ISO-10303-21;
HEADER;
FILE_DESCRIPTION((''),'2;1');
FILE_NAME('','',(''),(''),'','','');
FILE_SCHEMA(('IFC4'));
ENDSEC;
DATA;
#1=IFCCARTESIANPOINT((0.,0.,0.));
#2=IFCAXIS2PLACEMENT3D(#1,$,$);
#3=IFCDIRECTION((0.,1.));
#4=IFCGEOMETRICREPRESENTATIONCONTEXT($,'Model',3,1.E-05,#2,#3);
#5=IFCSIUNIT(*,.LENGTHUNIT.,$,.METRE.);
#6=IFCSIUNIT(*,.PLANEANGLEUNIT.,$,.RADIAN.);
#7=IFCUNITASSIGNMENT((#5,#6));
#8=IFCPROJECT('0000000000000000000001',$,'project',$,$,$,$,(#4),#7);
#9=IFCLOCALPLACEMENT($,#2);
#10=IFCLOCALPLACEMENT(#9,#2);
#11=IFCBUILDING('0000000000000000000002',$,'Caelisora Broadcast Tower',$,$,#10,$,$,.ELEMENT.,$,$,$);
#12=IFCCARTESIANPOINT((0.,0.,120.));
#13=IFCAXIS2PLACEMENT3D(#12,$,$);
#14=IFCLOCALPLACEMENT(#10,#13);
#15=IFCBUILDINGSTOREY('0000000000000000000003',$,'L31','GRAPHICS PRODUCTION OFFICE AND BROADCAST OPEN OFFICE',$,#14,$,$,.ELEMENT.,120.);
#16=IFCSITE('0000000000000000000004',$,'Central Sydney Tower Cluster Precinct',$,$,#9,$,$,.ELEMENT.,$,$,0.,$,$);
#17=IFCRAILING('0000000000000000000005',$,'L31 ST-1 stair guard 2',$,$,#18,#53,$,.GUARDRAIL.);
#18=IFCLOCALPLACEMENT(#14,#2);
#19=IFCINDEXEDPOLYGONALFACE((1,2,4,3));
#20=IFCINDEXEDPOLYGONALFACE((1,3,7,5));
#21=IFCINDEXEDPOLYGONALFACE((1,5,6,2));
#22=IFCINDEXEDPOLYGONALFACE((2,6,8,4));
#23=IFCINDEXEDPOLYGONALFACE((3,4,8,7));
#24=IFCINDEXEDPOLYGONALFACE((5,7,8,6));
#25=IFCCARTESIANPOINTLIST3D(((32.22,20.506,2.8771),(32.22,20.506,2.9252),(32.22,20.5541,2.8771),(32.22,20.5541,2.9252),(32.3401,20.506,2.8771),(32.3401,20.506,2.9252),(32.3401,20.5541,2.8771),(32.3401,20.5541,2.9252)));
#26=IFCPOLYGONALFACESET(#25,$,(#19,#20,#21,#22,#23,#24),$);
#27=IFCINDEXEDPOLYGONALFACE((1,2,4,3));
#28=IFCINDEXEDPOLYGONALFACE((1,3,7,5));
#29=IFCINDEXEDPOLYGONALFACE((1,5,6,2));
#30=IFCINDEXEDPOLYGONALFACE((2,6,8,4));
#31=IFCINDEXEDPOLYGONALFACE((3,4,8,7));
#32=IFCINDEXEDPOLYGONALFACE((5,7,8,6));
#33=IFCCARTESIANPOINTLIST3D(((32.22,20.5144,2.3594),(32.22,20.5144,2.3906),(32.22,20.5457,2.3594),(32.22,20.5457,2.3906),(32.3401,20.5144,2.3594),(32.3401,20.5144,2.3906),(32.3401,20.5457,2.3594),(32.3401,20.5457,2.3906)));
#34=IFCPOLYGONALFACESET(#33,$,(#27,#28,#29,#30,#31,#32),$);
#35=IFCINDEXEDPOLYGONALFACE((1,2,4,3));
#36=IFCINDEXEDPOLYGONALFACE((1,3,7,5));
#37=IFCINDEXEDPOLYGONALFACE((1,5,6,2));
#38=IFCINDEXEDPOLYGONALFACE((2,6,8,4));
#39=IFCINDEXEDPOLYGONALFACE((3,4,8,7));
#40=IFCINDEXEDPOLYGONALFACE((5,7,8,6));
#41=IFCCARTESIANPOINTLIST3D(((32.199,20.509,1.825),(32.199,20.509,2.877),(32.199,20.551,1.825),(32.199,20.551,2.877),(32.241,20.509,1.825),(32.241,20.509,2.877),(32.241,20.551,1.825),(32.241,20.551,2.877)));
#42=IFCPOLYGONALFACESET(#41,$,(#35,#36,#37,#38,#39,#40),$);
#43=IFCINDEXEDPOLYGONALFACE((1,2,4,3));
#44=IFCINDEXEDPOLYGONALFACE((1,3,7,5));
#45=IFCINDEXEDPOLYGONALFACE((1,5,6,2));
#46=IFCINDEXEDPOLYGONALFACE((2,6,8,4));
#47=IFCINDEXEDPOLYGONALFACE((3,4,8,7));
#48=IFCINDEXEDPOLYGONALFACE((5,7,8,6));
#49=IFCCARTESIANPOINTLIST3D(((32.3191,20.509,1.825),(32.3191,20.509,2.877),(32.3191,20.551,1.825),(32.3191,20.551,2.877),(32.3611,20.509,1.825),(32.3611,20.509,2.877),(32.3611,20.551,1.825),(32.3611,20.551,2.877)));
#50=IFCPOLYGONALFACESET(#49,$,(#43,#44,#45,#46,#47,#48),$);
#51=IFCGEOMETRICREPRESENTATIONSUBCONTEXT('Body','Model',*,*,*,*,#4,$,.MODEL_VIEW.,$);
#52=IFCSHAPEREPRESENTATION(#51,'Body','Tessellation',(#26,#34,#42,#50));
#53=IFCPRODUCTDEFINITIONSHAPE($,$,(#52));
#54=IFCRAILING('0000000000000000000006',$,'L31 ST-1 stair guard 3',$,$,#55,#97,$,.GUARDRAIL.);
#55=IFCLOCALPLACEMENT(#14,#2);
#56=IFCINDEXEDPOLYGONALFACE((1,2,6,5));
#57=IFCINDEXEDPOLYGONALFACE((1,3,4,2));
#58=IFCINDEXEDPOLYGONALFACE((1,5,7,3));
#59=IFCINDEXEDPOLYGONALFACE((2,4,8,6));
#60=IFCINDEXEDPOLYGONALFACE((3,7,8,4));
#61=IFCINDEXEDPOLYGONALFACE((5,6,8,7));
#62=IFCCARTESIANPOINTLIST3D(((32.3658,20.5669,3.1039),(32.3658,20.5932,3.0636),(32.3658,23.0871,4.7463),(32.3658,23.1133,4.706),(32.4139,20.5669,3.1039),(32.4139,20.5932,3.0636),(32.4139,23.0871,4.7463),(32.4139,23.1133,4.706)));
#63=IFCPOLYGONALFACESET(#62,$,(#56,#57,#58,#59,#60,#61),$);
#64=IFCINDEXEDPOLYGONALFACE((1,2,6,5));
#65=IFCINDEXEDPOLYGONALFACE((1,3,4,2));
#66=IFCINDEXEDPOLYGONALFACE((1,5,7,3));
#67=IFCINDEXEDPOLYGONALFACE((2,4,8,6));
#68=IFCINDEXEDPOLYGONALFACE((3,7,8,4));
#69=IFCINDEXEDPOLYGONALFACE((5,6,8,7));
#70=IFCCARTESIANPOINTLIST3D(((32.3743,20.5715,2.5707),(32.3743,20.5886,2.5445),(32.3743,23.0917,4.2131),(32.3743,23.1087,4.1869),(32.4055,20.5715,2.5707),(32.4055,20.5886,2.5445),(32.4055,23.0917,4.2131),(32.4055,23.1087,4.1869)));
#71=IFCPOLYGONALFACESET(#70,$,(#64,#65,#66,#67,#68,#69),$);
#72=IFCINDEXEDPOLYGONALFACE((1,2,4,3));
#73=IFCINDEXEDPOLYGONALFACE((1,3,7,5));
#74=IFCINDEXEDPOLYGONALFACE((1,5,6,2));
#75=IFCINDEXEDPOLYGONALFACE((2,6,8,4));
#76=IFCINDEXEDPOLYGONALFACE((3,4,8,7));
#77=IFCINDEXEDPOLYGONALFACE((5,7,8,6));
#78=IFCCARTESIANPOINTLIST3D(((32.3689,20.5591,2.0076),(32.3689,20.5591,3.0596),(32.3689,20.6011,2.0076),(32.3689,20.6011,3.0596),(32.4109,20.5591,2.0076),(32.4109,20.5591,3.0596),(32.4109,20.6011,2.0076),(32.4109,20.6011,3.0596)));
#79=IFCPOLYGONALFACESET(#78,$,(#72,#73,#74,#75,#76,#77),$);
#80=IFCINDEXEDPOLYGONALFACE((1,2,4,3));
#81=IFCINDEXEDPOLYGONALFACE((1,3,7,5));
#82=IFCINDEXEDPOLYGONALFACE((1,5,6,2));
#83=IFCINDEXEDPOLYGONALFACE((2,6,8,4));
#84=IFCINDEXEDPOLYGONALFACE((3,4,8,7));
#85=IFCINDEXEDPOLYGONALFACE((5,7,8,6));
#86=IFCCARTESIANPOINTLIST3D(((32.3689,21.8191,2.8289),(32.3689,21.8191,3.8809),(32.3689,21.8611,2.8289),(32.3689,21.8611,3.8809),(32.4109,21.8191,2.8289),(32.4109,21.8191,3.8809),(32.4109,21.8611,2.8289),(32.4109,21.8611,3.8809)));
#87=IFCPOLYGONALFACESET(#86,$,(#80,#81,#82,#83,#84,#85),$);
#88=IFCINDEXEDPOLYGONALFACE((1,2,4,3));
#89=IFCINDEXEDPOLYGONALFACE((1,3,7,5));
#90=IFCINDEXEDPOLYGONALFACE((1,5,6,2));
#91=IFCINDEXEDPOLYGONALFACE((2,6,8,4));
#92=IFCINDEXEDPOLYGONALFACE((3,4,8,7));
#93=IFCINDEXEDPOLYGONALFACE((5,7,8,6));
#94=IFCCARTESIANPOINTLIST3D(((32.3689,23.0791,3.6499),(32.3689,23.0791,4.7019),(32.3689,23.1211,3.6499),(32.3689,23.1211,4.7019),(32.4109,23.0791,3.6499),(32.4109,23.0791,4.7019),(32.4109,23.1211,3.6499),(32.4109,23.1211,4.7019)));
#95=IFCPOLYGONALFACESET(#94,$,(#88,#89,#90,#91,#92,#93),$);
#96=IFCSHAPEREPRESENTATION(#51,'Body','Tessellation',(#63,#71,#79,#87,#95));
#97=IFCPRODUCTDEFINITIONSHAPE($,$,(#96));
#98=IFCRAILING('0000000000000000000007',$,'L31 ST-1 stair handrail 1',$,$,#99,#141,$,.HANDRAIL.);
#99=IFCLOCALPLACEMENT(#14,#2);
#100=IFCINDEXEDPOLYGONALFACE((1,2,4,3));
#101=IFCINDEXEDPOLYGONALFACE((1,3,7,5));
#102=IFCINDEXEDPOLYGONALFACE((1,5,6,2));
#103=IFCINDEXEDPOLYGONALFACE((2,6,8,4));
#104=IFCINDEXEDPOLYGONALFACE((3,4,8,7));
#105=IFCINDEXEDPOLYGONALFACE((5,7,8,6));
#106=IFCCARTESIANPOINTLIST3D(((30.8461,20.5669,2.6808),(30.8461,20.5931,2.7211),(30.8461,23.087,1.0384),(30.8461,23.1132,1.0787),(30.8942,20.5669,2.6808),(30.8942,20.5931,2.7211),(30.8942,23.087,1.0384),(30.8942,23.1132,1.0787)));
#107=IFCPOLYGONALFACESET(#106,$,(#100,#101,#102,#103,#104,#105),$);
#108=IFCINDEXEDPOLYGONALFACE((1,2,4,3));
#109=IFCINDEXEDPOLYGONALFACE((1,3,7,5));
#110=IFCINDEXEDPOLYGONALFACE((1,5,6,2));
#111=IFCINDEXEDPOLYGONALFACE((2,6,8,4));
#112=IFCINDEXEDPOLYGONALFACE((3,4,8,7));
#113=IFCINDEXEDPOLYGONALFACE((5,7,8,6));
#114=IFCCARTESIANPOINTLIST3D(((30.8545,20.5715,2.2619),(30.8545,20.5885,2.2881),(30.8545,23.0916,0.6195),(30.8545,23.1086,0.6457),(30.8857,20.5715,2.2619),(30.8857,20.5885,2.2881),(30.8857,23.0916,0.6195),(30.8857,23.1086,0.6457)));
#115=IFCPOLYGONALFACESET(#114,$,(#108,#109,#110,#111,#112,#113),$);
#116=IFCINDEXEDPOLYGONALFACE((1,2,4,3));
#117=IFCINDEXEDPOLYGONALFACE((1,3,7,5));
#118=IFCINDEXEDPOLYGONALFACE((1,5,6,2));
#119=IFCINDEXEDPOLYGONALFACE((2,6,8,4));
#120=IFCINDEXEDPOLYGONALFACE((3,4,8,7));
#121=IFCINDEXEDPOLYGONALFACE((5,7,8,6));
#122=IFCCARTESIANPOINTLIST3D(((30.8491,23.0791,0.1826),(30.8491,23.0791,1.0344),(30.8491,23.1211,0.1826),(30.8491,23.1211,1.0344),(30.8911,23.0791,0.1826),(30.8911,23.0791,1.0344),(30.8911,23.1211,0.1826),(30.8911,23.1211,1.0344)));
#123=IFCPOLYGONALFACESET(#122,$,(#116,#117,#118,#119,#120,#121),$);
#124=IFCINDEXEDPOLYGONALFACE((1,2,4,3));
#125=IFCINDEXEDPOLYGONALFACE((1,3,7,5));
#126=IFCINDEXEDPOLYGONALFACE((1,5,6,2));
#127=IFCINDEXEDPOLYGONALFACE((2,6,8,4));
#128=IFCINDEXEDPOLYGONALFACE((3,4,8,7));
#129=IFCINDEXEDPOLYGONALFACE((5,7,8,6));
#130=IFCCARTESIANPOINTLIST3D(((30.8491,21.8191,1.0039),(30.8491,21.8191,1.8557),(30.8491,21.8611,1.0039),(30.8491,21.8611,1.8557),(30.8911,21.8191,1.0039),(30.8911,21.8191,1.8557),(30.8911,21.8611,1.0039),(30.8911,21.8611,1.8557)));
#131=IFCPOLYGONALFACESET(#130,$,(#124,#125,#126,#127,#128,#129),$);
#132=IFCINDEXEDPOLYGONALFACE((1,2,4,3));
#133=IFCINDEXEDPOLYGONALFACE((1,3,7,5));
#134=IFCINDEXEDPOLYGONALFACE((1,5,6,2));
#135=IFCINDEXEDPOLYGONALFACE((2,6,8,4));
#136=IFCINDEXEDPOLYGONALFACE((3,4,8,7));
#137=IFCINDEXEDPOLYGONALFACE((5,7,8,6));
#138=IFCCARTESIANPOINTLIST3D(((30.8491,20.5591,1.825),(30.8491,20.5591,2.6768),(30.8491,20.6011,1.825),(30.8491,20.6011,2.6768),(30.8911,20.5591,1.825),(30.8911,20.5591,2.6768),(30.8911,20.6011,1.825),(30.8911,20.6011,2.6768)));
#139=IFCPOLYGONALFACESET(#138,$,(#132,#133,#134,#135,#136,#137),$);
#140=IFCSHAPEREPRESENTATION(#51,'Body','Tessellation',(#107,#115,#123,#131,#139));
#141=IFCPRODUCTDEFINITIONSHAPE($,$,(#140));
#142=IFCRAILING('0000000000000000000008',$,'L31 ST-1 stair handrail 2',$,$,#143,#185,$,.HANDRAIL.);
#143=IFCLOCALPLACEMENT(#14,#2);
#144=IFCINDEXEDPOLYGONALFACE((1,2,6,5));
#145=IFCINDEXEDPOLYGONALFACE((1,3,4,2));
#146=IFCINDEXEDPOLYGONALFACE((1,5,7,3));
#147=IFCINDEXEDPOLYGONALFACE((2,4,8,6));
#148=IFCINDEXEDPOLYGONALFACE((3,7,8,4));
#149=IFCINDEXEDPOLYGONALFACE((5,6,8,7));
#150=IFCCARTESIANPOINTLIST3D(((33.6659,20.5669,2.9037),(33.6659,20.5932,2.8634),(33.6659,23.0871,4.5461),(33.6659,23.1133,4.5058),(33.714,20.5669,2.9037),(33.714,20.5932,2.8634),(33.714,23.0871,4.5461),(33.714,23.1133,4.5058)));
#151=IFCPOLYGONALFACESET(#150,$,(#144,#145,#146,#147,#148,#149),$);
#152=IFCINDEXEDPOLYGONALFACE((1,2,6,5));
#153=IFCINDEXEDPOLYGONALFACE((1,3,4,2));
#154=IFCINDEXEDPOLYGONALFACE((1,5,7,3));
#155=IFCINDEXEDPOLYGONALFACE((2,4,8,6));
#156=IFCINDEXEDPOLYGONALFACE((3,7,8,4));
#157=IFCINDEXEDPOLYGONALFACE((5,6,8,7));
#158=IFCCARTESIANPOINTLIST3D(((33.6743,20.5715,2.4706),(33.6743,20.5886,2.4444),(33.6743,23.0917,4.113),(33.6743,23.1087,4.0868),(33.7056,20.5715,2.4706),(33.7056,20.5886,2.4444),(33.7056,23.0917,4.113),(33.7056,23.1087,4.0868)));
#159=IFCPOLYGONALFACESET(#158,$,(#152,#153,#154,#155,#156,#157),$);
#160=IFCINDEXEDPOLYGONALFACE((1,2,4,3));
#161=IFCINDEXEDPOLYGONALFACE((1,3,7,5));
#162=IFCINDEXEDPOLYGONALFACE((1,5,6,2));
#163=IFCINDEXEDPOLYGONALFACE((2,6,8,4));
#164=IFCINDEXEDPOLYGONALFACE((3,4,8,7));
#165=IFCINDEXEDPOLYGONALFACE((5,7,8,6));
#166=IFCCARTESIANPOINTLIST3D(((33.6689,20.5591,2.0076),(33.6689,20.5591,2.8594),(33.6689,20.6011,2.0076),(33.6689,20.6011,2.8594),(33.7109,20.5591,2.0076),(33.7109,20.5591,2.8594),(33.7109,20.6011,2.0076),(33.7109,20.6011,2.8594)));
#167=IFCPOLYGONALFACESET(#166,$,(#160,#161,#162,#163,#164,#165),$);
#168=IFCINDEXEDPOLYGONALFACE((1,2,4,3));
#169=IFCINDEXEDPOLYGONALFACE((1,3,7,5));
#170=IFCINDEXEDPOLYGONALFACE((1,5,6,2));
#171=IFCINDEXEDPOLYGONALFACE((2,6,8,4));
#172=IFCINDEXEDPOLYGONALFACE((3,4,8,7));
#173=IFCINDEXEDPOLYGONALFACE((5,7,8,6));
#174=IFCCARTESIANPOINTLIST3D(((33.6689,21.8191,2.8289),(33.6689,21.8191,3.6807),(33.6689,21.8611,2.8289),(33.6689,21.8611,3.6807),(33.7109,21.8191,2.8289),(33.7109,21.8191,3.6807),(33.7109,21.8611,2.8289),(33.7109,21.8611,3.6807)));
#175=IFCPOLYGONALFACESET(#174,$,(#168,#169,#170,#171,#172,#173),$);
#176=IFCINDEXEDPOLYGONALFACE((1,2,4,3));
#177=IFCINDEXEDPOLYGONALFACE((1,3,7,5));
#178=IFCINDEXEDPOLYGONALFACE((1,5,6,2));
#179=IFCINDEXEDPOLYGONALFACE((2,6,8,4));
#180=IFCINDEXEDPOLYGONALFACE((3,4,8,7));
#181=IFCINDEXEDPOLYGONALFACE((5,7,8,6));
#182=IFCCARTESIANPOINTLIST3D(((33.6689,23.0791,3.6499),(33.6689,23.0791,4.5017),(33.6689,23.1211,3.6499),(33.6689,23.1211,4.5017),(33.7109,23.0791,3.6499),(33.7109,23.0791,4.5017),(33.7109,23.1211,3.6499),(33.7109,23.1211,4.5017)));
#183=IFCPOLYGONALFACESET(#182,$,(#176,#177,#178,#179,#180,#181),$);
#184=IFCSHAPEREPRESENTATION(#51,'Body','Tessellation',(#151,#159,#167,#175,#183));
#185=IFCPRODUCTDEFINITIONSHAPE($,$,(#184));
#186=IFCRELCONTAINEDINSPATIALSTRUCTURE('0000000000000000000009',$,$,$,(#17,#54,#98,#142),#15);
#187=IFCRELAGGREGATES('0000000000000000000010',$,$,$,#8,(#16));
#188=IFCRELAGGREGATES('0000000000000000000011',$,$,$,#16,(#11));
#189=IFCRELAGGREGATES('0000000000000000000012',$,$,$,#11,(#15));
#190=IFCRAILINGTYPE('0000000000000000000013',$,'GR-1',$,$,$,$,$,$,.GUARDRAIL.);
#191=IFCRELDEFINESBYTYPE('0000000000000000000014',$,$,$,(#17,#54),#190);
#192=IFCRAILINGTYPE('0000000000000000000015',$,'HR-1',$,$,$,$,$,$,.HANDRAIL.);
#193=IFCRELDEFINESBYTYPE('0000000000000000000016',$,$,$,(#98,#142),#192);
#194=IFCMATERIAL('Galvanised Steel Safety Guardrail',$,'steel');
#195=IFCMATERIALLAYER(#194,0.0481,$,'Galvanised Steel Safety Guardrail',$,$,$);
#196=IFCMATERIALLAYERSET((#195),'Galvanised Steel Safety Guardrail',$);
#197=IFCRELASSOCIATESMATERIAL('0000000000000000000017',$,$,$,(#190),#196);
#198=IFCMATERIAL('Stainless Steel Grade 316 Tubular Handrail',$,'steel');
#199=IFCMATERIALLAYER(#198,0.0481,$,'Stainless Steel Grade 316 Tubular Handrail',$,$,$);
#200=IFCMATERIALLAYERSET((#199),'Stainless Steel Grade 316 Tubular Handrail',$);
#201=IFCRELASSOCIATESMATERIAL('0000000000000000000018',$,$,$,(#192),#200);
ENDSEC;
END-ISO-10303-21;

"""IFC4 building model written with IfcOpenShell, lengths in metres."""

from ifc_helpers import new_model, si_unit, direction, frame, origin, origin_2d, place, context, subcontext, project, spatial, rectangle, extrude, material, layer, layer_set, type_object, element, save


model = new_model("IFC4")

# Units and contexts
model_context = context("Model", 3, precision=1e-05, world=origin(), true_north=direction((0.0, 1.0)))
body_context = subcontext(model_context, "Body", "Model", "MODEL_VIEW")
ifc_project = project(units=[si_unit("LENGTHUNIT", "METRE"), si_unit("PLANEANGLEUNIT", "RADIAN")], contexts=[model_context])

# Site, building, storey
site_placement = place(None, origin())
site = spatial("IfcSite", under=ifc_project, at=site_placement, Name="Central Sydney Tower Cluster Precinct", CompositionType="ELEMENT", RefElevation=0.0)
building_placement = place(site_placement, origin())
building = spatial("IfcBuilding", under=site, at=building_placement, Name="Caelisora Broadcast Tower", CompositionType="ELEMENT")
storey_placement = place(building_placement, frame((0.0, 0.0, 120.0)))
storey = spatial("IfcBuildingStorey", under=building, at=storey_placement, Name="L31", Description="GRAPHICS PRODUCTION OFFICE AND BROADCAST OPEN OFFICE", CompositionType="ELEMENT", Elevation=120.0)

# Railings
ifc_material_1 = material(Name="Galvanised Steel Safety Guardrail", Category="steel")
ifc_layer_1 = layer(ifc_material_1, 0.0481, Name="Galvanised Steel Safety Guardrail")
ifc_layer_set_1 = layer_set([ifc_layer_1], Name="Galvanised Steel Safety Guardrail")
railing_type_1 = type_object("IfcRailingType", Name="GR-1", PredefinedType="GUARDRAIL", material=ifc_layer_set_1)
railing_1_placement = place(storey_placement, frame((32.22, 20.53, 1.825)))
element("IfcRailing", 1, at=railing_1_placement, inside=storey, type_object=railing_type_1, Name="L31 ST-1 stair guard 2", PredefinedType="GUARDRAIL", context=body_context, shape_type="SweptSolid", body=[
    extrude(rectangle(XDim=0.0481, YDim=0.0481, at=origin_2d()), frame((0.0, 0.0, 1.0762), z_axis=(1.0, 0.0, 0.0), x_axis=(0.0, 1.0, 0.0)), (0.0, 0.0, 1.0), 0.1201),
    extrude(rectangle(XDim=0.0312, YDim=0.0312, at=origin_2d()), frame((0.0, 0.0, 0.55), z_axis=(1.0, 0.0, 0.0), x_axis=(0.0, 1.0, 0.0)), (0.0, 0.0, 1.0), 0.1201),
    extrude(rectangle(XDim=0.042, YDim=0.042, at=origin_2d()), origin(), (0.0, 0.0, 1.0), 1.052),
    extrude(rectangle(XDim=0.042, YDim=0.042, at=origin_2d()), frame((0.1201, 0.0, 0.0)), (0.0, 0.0, 1.0), 1.052),
])
railing_2_placement = place(storey_placement, frame((32.3899, 20.5801, 2.0076)))
element("IfcRailing", 2, at=railing_2_placement, inside=storey, type_object=railing_type_1, Name="L31 ST-1 stair guard 3", PredefinedType="GUARDRAIL", context=body_context, shape_type="SweptSolid", body=[
    extrude(rectangle(XDim=0.0481, YDim=0.0481, at=origin_2d()), frame((0.0, 0.0, 1.0762), z_axis=(0.0, 0.837787, 0.545998), x_axis=(-1.0, 0.0, 0.0)), (0.0, 0.0, 1.0), 3.0081),
    extrude(rectangle(XDim=0.0312, YDim=0.0312, at=origin_2d()), frame((0.0, 0.0, 0.55), z_axis=(0.0, 0.837787, 0.545998), x_axis=(-1.0, 0.0, 0.0)), (0.0, 0.0, 1.0), 3.0081),
    extrude(rectangle(XDim=0.042, YDim=0.042, at=origin_2d()), origin(), (0.0, 0.0, 1.0), 1.052),
    extrude(rectangle(XDim=0.042, YDim=0.042, at=origin_2d()), frame((0.0, 1.26, 0.8213)), (0.0, 0.0, 1.0), 1.052),
    extrude(rectangle(XDim=0.042, YDim=0.042, at=origin_2d()), frame((0.0, 2.52, 1.6423)), (0.0, 0.0, 1.0), 1.052),
])
ifc_material_2 = material(Name="Stainless Steel Grade 316 Tubular Handrail", Category="steel")
ifc_layer_2 = layer(ifc_material_2, 0.0481, Name="Stainless Steel Grade 316 Tubular Handrail")
ifc_layer_set_2 = layer_set([ifc_layer_2], Name="Stainless Steel Grade 316 Tubular Handrail")
railing_type_2 = type_object("IfcRailingType", Name="HR-1", PredefinedType="HANDRAIL", material=ifc_layer_set_2)
railing_3_placement = place(storey_placement, frame((30.8701, 23.1001, 0.1826)))
element("IfcRailing", 3, at=railing_3_placement, inside=storey, type_object=railing_type_2, Name="L31 ST-1 stair handrail 1", PredefinedType="HANDRAIL", context=body_context, shape_type="SweptSolid", body=[
    extrude(rectangle(XDim=0.0481, YDim=0.0481, at=origin_2d()), frame((0.0, 0.0, 0.876), z_axis=(0.0, -0.837787, 0.545998), x_axis=(1.0, 0.0, 0.0)), (0.0, 0.0, 1.0), 3.0081),
    extrude(rectangle(XDim=0.0312, YDim=0.0312, at=origin_2d()), frame((0.0, 0.0, 0.45), z_axis=(0.0, -0.837787, 0.545998), x_axis=(1.0, 0.0, 0.0)), (0.0, 0.0, 1.0), 3.0081),
    extrude(rectangle(XDim=0.042, YDim=0.042, at=origin_2d()), origin(), (0.0, 0.0, 1.0), 0.8518),
    extrude(rectangle(XDim=0.042, YDim=0.042, at=origin_2d()), frame((0.0, -1.26, 0.8213)), (0.0, 0.0, 1.0), 0.8518),
    extrude(rectangle(XDim=0.042, YDim=0.042, at=origin_2d()), frame((0.0, -2.52, 1.6423)), (0.0, 0.0, 1.0), 0.8518),
])
railing_4_placement = place(storey_placement, frame((33.6899, 20.5801, 2.0076)))
element("IfcRailing", 4, at=railing_4_placement, inside=storey, type_object=railing_type_2, Name="L31 ST-1 stair handrail 2", PredefinedType="HANDRAIL", context=body_context, shape_type="SweptSolid", body=[
    extrude(rectangle(XDim=0.0481, YDim=0.0481, at=origin_2d()), frame((0.0, 0.0, 0.876), z_axis=(0.0, 0.837787, 0.545998), x_axis=(-1.0, 0.0, 0.0)), (0.0, 0.0, 1.0), 3.0081),
    extrude(rectangle(XDim=0.0312, YDim=0.0312, at=origin_2d()), frame((0.0, 0.0, 0.45), z_axis=(0.0, 0.837787, 0.545998), x_axis=(-1.0, 0.0, 0.0)), (0.0, 0.0, 1.0), 3.0081),
    extrude(rectangle(XDim=0.042, YDim=0.042, at=origin_2d()), origin(), (0.0, 0.0, 1.0), 0.8518),
    extrude(rectangle(XDim=0.042, YDim=0.042, at=origin_2d()), frame((0.0, 1.26, 0.8213)), (0.0, 0.0, 1.0), 0.8518),
    extrude(rectangle(XDim=0.042, YDim=0.042, at=origin_2d()), frame((0.0, 2.52, 1.6423)), (0.0, 0.0, 1.0), 0.8518),
])

save(model, "model.ifc")
